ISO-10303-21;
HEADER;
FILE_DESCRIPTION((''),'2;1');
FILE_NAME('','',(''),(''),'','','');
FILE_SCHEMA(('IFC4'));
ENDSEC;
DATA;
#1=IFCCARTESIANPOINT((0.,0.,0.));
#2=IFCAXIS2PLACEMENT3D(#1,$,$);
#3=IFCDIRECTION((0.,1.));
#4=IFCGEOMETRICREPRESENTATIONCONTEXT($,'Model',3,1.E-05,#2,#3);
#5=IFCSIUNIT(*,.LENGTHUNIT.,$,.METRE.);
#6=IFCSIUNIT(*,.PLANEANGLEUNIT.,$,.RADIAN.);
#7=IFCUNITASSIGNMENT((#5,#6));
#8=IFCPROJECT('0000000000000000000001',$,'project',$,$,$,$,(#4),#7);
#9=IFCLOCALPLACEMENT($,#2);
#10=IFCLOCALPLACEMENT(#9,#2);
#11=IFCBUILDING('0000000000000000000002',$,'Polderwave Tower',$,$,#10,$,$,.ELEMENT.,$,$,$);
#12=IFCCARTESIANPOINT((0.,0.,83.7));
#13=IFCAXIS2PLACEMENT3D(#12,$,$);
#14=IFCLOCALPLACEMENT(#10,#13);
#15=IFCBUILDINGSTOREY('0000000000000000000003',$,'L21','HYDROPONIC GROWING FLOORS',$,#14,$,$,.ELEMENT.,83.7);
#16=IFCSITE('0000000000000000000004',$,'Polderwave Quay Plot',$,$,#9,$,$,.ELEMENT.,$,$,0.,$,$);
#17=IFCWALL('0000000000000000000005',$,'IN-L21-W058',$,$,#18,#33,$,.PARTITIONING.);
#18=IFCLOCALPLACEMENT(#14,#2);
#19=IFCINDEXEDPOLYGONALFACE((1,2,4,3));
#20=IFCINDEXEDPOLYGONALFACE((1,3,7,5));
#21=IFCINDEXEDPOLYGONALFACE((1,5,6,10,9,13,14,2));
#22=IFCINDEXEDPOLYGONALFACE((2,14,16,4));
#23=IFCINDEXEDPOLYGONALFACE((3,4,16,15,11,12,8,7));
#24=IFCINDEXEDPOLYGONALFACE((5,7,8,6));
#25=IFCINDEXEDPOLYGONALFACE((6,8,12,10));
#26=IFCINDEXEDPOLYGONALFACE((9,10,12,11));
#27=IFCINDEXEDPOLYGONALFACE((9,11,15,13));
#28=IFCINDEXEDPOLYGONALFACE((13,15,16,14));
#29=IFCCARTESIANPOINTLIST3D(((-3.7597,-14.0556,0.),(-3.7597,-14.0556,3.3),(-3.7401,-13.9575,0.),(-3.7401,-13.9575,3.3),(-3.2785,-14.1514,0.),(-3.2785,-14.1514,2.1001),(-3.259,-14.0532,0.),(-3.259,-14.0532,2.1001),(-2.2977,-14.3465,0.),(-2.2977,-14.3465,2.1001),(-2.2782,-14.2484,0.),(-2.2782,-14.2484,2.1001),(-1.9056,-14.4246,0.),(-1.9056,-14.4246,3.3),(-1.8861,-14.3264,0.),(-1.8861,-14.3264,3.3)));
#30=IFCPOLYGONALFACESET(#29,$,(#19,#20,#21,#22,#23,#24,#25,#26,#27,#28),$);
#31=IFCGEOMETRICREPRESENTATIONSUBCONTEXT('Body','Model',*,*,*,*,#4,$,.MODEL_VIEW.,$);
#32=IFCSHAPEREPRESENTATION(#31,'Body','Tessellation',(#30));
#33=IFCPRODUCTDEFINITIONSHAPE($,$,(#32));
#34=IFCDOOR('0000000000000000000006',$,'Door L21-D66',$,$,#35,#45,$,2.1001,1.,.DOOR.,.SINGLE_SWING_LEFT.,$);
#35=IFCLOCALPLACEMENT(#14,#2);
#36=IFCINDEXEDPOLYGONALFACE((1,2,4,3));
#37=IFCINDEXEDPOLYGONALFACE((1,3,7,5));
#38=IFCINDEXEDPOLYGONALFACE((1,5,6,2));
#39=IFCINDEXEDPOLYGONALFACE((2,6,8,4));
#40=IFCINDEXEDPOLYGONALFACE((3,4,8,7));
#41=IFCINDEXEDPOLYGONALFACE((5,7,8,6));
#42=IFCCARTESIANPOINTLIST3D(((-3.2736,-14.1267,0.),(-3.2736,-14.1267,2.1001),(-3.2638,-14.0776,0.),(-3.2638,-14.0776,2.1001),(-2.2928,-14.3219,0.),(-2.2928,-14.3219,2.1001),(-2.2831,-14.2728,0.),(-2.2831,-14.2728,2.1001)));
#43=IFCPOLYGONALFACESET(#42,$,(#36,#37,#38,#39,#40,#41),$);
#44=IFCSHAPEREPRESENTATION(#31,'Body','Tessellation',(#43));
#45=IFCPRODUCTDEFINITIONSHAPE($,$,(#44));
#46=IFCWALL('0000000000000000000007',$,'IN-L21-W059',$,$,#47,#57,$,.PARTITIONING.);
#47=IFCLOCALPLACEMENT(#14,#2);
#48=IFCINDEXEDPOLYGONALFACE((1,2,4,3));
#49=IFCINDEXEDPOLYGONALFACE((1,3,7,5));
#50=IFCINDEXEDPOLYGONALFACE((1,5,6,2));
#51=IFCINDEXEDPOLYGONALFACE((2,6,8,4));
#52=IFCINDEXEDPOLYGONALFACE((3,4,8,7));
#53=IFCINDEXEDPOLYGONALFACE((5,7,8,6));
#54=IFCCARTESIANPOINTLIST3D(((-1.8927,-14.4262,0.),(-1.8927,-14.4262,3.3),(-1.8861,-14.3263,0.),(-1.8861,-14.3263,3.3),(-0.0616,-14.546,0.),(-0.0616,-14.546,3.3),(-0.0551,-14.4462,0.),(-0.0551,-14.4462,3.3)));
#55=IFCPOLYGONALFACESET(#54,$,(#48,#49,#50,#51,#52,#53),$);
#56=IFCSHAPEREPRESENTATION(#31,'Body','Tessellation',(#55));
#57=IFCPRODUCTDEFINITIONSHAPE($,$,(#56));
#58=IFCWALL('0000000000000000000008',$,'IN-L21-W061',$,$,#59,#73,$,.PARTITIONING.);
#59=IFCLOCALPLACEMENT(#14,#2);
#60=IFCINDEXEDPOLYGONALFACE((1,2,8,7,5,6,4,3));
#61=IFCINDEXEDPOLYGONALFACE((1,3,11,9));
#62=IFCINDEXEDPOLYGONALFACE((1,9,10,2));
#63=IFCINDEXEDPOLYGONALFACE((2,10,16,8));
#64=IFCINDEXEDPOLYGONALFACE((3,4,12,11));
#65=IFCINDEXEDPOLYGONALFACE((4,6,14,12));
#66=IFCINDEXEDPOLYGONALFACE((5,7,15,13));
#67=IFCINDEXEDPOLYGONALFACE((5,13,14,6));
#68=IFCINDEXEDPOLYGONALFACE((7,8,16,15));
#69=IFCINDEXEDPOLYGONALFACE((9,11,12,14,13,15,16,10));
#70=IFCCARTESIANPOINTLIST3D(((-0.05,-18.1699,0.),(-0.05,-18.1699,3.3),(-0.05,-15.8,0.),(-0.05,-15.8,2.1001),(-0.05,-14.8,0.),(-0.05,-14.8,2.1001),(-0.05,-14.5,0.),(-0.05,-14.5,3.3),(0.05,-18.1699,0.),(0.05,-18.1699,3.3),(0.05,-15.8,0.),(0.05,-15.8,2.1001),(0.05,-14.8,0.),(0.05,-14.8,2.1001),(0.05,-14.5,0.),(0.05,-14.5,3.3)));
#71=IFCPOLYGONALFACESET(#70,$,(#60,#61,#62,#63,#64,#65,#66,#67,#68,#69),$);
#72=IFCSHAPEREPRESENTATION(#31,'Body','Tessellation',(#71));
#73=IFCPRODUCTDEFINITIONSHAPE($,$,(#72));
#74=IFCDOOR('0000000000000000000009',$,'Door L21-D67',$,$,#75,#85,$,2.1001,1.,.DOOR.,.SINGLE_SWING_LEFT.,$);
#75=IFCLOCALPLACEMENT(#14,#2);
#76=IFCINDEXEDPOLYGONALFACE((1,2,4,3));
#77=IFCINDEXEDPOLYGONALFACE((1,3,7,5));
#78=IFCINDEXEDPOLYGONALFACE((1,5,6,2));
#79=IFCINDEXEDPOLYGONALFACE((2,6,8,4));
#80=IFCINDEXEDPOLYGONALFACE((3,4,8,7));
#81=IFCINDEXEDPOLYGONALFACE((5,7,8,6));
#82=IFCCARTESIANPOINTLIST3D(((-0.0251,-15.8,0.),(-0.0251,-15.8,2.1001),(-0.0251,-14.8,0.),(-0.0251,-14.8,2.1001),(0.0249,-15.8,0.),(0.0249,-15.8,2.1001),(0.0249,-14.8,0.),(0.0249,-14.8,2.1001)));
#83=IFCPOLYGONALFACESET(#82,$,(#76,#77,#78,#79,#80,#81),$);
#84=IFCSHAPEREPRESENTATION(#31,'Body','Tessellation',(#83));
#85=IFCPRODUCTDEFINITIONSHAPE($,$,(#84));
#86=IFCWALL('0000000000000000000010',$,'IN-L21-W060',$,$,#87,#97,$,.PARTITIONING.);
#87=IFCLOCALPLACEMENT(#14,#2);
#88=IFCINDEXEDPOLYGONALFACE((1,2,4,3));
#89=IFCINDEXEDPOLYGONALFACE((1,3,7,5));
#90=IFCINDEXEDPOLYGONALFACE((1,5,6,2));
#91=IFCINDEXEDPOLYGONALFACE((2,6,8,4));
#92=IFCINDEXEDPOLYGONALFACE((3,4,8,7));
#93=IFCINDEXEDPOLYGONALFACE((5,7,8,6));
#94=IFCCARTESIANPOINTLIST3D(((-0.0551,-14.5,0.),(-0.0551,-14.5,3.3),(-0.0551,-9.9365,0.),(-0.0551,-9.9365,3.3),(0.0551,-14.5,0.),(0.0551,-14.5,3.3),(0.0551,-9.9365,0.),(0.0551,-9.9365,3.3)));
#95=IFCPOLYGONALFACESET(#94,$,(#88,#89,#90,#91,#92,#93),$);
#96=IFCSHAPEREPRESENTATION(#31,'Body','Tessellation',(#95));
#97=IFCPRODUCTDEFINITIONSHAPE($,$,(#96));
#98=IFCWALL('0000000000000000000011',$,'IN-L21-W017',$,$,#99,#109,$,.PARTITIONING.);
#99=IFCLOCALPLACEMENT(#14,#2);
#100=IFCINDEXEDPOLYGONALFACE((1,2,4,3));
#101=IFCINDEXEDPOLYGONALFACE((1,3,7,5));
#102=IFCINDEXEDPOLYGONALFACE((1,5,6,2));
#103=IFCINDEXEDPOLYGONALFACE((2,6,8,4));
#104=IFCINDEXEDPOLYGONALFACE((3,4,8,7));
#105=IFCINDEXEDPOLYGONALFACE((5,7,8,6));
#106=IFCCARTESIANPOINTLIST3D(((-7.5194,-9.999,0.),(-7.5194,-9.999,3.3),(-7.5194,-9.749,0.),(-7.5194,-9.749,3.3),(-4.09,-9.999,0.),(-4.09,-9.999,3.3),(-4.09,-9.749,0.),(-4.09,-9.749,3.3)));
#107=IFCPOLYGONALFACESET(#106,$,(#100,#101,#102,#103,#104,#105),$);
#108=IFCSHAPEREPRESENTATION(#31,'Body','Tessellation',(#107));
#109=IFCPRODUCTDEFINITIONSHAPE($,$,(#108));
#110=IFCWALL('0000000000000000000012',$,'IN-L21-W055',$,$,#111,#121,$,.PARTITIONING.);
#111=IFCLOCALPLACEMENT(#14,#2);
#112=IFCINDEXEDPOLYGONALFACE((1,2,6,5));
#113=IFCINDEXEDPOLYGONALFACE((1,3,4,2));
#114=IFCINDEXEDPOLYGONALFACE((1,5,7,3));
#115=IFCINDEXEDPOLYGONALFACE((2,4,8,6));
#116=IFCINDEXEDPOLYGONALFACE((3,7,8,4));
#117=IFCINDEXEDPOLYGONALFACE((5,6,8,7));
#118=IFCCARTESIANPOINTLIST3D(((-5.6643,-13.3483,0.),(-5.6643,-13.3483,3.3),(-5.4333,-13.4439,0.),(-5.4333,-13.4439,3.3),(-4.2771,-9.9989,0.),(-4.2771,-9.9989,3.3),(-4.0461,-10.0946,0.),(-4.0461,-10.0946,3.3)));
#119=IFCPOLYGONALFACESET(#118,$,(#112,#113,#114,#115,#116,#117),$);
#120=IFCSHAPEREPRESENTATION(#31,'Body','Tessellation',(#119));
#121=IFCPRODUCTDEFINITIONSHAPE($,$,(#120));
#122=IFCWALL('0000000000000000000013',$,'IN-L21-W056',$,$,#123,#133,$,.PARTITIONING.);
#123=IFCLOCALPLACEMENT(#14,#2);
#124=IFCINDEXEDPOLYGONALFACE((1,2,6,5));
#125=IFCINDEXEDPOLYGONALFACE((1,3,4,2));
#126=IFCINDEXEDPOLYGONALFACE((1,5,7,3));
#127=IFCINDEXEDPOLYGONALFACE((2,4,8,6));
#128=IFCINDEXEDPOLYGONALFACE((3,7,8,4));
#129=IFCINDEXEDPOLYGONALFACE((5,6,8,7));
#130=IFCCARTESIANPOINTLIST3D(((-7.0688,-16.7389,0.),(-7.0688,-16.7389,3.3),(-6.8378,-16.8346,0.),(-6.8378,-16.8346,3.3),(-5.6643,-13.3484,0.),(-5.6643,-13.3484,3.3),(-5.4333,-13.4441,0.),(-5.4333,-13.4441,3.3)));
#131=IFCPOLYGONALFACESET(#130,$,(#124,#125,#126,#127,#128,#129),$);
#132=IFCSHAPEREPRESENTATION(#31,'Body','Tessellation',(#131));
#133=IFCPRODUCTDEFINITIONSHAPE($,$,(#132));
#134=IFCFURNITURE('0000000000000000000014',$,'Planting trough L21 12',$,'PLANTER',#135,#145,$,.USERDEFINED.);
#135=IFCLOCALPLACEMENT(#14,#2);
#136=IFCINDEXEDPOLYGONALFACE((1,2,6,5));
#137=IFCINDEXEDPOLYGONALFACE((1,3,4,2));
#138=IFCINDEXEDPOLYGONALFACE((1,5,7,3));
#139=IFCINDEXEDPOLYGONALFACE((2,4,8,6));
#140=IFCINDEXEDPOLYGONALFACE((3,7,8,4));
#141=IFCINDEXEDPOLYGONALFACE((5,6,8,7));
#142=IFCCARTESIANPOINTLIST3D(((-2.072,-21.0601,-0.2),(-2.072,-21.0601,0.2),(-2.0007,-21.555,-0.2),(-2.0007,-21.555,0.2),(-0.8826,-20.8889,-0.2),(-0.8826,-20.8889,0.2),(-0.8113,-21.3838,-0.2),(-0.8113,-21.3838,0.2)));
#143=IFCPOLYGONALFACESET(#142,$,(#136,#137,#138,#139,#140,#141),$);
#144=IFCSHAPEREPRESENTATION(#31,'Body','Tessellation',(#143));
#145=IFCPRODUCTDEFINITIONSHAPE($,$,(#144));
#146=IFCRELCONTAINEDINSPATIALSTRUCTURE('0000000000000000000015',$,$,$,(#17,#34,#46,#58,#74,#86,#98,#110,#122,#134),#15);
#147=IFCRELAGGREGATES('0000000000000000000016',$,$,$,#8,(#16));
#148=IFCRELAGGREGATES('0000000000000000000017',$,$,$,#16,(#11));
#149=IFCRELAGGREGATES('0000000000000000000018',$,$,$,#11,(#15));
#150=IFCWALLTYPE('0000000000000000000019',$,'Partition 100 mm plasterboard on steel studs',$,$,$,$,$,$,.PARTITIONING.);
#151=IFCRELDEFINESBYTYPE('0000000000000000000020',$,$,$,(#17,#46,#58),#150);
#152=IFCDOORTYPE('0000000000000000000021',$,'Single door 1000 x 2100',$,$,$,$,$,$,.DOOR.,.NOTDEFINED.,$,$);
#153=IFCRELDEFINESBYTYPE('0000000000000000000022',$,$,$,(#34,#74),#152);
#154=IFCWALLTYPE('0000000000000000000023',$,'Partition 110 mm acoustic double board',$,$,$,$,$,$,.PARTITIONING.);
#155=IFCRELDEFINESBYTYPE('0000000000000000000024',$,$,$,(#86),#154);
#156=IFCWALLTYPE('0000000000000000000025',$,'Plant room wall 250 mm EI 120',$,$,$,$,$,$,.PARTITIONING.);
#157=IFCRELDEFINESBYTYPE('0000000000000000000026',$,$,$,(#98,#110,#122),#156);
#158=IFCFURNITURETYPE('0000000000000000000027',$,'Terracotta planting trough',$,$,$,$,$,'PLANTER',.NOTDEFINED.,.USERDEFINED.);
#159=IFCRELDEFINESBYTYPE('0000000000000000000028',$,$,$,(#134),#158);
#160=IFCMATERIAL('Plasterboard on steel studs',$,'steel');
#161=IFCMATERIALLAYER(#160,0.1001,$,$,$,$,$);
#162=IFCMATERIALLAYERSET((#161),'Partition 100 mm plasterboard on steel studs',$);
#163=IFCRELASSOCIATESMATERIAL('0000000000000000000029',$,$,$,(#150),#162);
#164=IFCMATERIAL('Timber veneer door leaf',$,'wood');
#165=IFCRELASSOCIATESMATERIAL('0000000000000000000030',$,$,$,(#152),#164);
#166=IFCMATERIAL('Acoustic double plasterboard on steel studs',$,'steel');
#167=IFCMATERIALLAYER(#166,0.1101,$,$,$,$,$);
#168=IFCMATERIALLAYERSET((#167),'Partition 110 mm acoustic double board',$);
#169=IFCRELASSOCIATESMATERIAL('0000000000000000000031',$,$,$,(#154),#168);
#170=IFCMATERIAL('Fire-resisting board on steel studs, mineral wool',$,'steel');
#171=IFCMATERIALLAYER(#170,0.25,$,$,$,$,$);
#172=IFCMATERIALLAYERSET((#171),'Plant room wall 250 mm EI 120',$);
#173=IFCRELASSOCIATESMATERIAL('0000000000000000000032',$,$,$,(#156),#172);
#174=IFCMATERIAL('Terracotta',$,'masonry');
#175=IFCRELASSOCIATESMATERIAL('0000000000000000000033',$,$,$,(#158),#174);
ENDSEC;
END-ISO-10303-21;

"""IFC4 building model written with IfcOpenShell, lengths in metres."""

from ifc_helpers import new_model, si_unit, direction, frame, frame_2d, origin, origin_2d, place, context, subcontext, project, spatial, rectangle, extrude, material, layer, layer_set, type_object, element, fill, save


model = new_model("IFC4")

# Units and contexts
model_context = context("Model", 3, precision=1e-05, world=origin(), true_north=direction((0.0, 1.0)))
body_context = subcontext(model_context, "Body", "Model", "MODEL_VIEW")
ifc_project = project(units=[si_unit("LENGTHUNIT", "METRE"), si_unit("PLANEANGLEUNIT", "RADIAN")], contexts=[model_context])

# Site, building, storey
site_placement = place(None, origin())
site = spatial("IfcSite", under=ifc_project, at=site_placement, Name="Polderwave Quay Plot", CompositionType="ELEMENT", RefElevation=0.0)
building_placement = place(site_placement, origin())
building = spatial("IfcBuilding", under=site, at=building_placement, Name="Polderwave Tower", CompositionType="ELEMENT")
storey_placement = place(building_placement, frame((0.0, 0.0, 83.7)))
storey = spatial("IfcBuildingStorey", under=building, at=storey_placement, Name="L21", Description="HYDROPONIC GROWING FLOORS", CompositionType="ELEMENT", Elevation=83.7)

# Shared definitions
ifc_material_1 = material(Name="Plasterboard on steel studs", Category="steel")
ifc_layer_1 = layer(ifc_material_1, 0.1001)
ifc_layer_set_1 = layer_set([ifc_layer_1], Name="Partition 100 mm plasterboard on steel studs")
wall_type_1 = type_object("IfcWallType", Name="Partition 100 mm plasterboard on steel studs", PredefinedType="PARTITIONING", material=ifc_layer_set_1)

# Wall, opening, door
wall_1_placement = place(storey_placement, frame((-1.8958, -14.3755, 0.0), z_axis=(0.0, 0.0, 1.0), x_axis=(-0.980774, 0.195147, 0.0)))
wall_1 = element("IfcWall", 1, at=wall_1_placement, inside=storey, type_object=wall_type_1, Name="IN-L21-W058", PredefinedType="PARTITIONING", context=body_context, shape_type="SweptSolid", body=[
    extrude(rectangle(XDim=1.8904, YDim=0.1001, at=frame_2d((0.9453, 0.0))), origin(), (0.0, 0.0, 1.0), 3.3),
])
opening_1_placement = place(wall_1_placement, frame((0.3999, 0.0, 0.0)))
opening_1 = element("IfcOpeningElement", 2, at=opening_1_placement, cuts=wall_1, PredefinedType="OPENING", context=body_context, shape_type="SweptSolid", body=[
    extrude(rectangle(XDim=1.0, YDim=2.1001, at=frame_2d((0.5, 1.05))), frame((0.0, 0.0601, 0.0), z_axis=(0.0, -1.0, 0.0), x_axis=(1.0, 0.0, 0.0)), (0.0, 0.0, 1.0), 0.1201),
])
ifc_material_2 = material(Name="Timber veneer door leaf", Category="wood")
door_type_1 = type_object("IfcDoorType", Name="Single door 1000 x 2100", OperationType="NOTDEFINED", PredefinedType="DOOR", material=ifc_material_2)
door_1_placement = place(opening_1_placement, origin())
door_1 = element("IfcDoor", 3, at=door_1_placement, inside=storey, type_object=door_type_1, Name="Door L21-D66", OperationType="SINGLE_SWING_LEFT", OverallHeight=2.1001, OverallWidth=1.0, PredefinedType="DOOR", context=body_context, shape_type="SweptSolid", body=[
    extrude(rectangle(XDim=1.0, YDim=2.1001, at=frame_2d((0.5, 1.05))), frame((0.0, 0.0249, 0.0), z_axis=(0.0, -1.0, 0.0), x_axis=(1.0, 0.0, 0.0)), (0.0, 0.0, 1.0), 0.05),
])
fill(opening_1, door_1)

# Wall
wall_2_placement = place(storey_placement, frame((-0.0583, -14.4961, 0.0), z_axis=(0.0, 0.0, 1.0), x_axis=(-0.997864, 0.065327, 0.0)))
element("IfcWall", 4, at=wall_2_placement, inside=storey, type_object=wall_type_1, Name="IN-L21-W059", PredefinedType="PARTITIONING", context=body_context, shape_type="SweptSolid", body=[
    extrude(rectangle(XDim=1.835, YDim=0.1001, at=frame_2d((0.9175, 0.0))), origin(), (0.0, 0.0, 1.0), 3.3),
])

# Wall, opening, door
wall_3_placement = place(storey_placement, frame((0.0, -14.5, 0.0), z_axis=(0.0, 0.0, 1.0), x_axis=(0.0, -1.0, 0.0)))
wall_3 = element("IfcWall", 5, at=wall_3_placement, inside=storey, type_object=wall_type_1, Name="IN-L21-W061", PredefinedType="PARTITIONING", context=body_context, shape_type="SweptSolid", body=[
    extrude(rectangle(XDim=3.6699, YDim=0.1001, at=frame_2d((1.835, 0.0))), origin(), (0.0, 0.0, 1.0), 3.3),
])
opening_2_placement = place(wall_3_placement, frame((0.3, 0.0, 0.0)))
opening_2 = element("IfcOpeningElement", 6, at=opening_2_placement, cuts=wall_3, PredefinedType="OPENING", context=body_context, shape_type="SweptSolid", body=[
    extrude(rectangle(XDim=1.0, YDim=2.1001, at=frame_2d((0.5, 1.05))), frame((0.0, 0.0601, 0.0), z_axis=(0.0, -1.0, 0.0), x_axis=(1.0, 0.0, 0.0)), (0.0, 0.0, 1.0), 0.1201),
])
door_2_placement = place(opening_2_placement, origin())
door_2 = element("IfcDoor", 7, at=door_2_placement, inside=storey, type_object=door_type_1, Name="Door L21-D67", OperationType="SINGLE_SWING_LEFT", OverallHeight=2.1001, OverallWidth=1.0, PredefinedType="DOOR", context=body_context, shape_type="SweptSolid", body=[
    extrude(rectangle(XDim=1.0, YDim=2.1001, at=frame_2d((0.5, 1.05))), frame((0.0, 0.0249, 0.0), z_axis=(0.0, -1.0, 0.0), x_axis=(1.0, 0.0, 0.0)), (0.0, 0.0, 1.0), 0.05),
])
fill(opening_2, door_2)

# Walls
ifc_material_3 = material(Name="Acoustic double plasterboard on steel studs", Category="steel")
ifc_layer_2 = layer(ifc_material_3, 0.1101)
ifc_layer_set_2 = layer_set([ifc_layer_2], Name="Partition 110 mm acoustic double board")
wall_type_2 = type_object("IfcWallType", Name="Partition 110 mm acoustic double board", PredefinedType="PARTITIONING", material=ifc_layer_set_2)
wall_4_placement = place(storey_placement, frame((0.0, -9.9365, 0.0), z_axis=(0.0, 0.0, 1.0), x_axis=(0.0, -1.0, 0.0)))
element("IfcWall", 8, at=wall_4_placement, inside=storey, type_object=wall_type_2, Name="IN-L21-W060", PredefinedType="PARTITIONING", context=body_context, shape_type="SweptSolid", body=[
    extrude(rectangle(XDim=4.5635, YDim=0.1101, at=frame_2d((2.2817, 0.0))), origin(), (0.0, 0.0, 1.0), 3.3),
])
ifc_material_4 = material(Name="Fire-resisting board on steel studs, mineral wool", Category="steel")
ifc_layer_3 = layer(ifc_material_4, 0.25)
ifc_layer_set_3 = layer_set([ifc_layer_3], Name="Plant room wall 250 mm EI 120")
wall_type_3 = type_object("IfcWallType", Name="Plant room wall 250 mm EI 120", PredefinedType="PARTITIONING", material=ifc_layer_set_3)
wall_5_placement = place(storey_placement, frame((-4.0898, -9.874, 0.0), z_axis=(0.0, 0.0, 1.0), x_axis=(-1.0, 0.0, 0.0)))
element("IfcWall", 9, at=wall_5_placement, inside=storey, type_object=wall_type_3, Name="IN-L21-W017", PredefinedType="PARTITIONING", context=body_context, shape_type="SweptSolid", body=[
    extrude(rectangle(XDim=3.4294, YDim=0.25, at=frame_2d((1.7148, 0.0))), origin(), (0.0, 0.0, 1.0), 3.3),
])
wall_6_placement = place(storey_placement, frame((-4.1616, -10.0469, 0.0), z_axis=(0.0, 0.0, 1.0), x_axis=(-0.382649, -0.923894, 0.0)))
element("IfcWall", 10, at=wall_6_placement, inside=storey, type_object=wall_type_3, Name="IN-L21-W055", PredefinedType="PARTITIONING", context=body_context, shape_type="SweptSolid", body=[
    extrude(rectangle(XDim=3.6252, YDim=0.25, at=frame_2d((1.8125, 0.0))), origin(), (0.0, 0.0, 1.0), 3.3),
])
wall_7_placement = place(storey_placement, frame((-5.5488, -13.3962, 0.0), z_axis=(0.0, 0.0, 1.0), x_axis=(-0.382706, -0.92387, 0.0)))
element("IfcWall", 11, at=wall_7_placement, inside=storey, type_object=wall_type_3, Name="IN-L21-W056", PredefinedType="PARTITIONING", context=body_context, shape_type="SweptSolid", body=[
    extrude(rectangle(XDim=3.6699, YDim=0.25, at=frame_2d((1.835, 0.0))), origin(), (0.0, 0.0, 1.0), 3.3),
])

# Furniture
ifc_material_5 = material(Name="Terracotta", Category="masonry")
furniture_type = type_object("IfcFurnitureType", Name="Terracotta planting trough", ElementType="PLANTER", AssemblyPlace="NOTDEFINED", PredefinedType="USERDEFINED", material=ifc_material_5)
furniture_placement = place(storey_placement, frame((-1.4417, -21.2219, -0.2), z_axis=(0.0, 0.0, 1.0), x_axis=(0.9898, 0.142465, 0.0)))
element("IfcFurniture", 12, at=furniture_placement, inside=storey, type_object=furniture_type, Name="Planting trough L21 12", ObjectType="PLANTER", PredefinedType="USERDEFINED", context=body_context, shape_type="SweptSolid", body=[
    extrude(rectangle(XDim=1.2017, YDim=0.5, at=origin_2d()), origin(), (0.0, 0.0, 1.0), 0.3999),
])

save(model, "model.ifc")
